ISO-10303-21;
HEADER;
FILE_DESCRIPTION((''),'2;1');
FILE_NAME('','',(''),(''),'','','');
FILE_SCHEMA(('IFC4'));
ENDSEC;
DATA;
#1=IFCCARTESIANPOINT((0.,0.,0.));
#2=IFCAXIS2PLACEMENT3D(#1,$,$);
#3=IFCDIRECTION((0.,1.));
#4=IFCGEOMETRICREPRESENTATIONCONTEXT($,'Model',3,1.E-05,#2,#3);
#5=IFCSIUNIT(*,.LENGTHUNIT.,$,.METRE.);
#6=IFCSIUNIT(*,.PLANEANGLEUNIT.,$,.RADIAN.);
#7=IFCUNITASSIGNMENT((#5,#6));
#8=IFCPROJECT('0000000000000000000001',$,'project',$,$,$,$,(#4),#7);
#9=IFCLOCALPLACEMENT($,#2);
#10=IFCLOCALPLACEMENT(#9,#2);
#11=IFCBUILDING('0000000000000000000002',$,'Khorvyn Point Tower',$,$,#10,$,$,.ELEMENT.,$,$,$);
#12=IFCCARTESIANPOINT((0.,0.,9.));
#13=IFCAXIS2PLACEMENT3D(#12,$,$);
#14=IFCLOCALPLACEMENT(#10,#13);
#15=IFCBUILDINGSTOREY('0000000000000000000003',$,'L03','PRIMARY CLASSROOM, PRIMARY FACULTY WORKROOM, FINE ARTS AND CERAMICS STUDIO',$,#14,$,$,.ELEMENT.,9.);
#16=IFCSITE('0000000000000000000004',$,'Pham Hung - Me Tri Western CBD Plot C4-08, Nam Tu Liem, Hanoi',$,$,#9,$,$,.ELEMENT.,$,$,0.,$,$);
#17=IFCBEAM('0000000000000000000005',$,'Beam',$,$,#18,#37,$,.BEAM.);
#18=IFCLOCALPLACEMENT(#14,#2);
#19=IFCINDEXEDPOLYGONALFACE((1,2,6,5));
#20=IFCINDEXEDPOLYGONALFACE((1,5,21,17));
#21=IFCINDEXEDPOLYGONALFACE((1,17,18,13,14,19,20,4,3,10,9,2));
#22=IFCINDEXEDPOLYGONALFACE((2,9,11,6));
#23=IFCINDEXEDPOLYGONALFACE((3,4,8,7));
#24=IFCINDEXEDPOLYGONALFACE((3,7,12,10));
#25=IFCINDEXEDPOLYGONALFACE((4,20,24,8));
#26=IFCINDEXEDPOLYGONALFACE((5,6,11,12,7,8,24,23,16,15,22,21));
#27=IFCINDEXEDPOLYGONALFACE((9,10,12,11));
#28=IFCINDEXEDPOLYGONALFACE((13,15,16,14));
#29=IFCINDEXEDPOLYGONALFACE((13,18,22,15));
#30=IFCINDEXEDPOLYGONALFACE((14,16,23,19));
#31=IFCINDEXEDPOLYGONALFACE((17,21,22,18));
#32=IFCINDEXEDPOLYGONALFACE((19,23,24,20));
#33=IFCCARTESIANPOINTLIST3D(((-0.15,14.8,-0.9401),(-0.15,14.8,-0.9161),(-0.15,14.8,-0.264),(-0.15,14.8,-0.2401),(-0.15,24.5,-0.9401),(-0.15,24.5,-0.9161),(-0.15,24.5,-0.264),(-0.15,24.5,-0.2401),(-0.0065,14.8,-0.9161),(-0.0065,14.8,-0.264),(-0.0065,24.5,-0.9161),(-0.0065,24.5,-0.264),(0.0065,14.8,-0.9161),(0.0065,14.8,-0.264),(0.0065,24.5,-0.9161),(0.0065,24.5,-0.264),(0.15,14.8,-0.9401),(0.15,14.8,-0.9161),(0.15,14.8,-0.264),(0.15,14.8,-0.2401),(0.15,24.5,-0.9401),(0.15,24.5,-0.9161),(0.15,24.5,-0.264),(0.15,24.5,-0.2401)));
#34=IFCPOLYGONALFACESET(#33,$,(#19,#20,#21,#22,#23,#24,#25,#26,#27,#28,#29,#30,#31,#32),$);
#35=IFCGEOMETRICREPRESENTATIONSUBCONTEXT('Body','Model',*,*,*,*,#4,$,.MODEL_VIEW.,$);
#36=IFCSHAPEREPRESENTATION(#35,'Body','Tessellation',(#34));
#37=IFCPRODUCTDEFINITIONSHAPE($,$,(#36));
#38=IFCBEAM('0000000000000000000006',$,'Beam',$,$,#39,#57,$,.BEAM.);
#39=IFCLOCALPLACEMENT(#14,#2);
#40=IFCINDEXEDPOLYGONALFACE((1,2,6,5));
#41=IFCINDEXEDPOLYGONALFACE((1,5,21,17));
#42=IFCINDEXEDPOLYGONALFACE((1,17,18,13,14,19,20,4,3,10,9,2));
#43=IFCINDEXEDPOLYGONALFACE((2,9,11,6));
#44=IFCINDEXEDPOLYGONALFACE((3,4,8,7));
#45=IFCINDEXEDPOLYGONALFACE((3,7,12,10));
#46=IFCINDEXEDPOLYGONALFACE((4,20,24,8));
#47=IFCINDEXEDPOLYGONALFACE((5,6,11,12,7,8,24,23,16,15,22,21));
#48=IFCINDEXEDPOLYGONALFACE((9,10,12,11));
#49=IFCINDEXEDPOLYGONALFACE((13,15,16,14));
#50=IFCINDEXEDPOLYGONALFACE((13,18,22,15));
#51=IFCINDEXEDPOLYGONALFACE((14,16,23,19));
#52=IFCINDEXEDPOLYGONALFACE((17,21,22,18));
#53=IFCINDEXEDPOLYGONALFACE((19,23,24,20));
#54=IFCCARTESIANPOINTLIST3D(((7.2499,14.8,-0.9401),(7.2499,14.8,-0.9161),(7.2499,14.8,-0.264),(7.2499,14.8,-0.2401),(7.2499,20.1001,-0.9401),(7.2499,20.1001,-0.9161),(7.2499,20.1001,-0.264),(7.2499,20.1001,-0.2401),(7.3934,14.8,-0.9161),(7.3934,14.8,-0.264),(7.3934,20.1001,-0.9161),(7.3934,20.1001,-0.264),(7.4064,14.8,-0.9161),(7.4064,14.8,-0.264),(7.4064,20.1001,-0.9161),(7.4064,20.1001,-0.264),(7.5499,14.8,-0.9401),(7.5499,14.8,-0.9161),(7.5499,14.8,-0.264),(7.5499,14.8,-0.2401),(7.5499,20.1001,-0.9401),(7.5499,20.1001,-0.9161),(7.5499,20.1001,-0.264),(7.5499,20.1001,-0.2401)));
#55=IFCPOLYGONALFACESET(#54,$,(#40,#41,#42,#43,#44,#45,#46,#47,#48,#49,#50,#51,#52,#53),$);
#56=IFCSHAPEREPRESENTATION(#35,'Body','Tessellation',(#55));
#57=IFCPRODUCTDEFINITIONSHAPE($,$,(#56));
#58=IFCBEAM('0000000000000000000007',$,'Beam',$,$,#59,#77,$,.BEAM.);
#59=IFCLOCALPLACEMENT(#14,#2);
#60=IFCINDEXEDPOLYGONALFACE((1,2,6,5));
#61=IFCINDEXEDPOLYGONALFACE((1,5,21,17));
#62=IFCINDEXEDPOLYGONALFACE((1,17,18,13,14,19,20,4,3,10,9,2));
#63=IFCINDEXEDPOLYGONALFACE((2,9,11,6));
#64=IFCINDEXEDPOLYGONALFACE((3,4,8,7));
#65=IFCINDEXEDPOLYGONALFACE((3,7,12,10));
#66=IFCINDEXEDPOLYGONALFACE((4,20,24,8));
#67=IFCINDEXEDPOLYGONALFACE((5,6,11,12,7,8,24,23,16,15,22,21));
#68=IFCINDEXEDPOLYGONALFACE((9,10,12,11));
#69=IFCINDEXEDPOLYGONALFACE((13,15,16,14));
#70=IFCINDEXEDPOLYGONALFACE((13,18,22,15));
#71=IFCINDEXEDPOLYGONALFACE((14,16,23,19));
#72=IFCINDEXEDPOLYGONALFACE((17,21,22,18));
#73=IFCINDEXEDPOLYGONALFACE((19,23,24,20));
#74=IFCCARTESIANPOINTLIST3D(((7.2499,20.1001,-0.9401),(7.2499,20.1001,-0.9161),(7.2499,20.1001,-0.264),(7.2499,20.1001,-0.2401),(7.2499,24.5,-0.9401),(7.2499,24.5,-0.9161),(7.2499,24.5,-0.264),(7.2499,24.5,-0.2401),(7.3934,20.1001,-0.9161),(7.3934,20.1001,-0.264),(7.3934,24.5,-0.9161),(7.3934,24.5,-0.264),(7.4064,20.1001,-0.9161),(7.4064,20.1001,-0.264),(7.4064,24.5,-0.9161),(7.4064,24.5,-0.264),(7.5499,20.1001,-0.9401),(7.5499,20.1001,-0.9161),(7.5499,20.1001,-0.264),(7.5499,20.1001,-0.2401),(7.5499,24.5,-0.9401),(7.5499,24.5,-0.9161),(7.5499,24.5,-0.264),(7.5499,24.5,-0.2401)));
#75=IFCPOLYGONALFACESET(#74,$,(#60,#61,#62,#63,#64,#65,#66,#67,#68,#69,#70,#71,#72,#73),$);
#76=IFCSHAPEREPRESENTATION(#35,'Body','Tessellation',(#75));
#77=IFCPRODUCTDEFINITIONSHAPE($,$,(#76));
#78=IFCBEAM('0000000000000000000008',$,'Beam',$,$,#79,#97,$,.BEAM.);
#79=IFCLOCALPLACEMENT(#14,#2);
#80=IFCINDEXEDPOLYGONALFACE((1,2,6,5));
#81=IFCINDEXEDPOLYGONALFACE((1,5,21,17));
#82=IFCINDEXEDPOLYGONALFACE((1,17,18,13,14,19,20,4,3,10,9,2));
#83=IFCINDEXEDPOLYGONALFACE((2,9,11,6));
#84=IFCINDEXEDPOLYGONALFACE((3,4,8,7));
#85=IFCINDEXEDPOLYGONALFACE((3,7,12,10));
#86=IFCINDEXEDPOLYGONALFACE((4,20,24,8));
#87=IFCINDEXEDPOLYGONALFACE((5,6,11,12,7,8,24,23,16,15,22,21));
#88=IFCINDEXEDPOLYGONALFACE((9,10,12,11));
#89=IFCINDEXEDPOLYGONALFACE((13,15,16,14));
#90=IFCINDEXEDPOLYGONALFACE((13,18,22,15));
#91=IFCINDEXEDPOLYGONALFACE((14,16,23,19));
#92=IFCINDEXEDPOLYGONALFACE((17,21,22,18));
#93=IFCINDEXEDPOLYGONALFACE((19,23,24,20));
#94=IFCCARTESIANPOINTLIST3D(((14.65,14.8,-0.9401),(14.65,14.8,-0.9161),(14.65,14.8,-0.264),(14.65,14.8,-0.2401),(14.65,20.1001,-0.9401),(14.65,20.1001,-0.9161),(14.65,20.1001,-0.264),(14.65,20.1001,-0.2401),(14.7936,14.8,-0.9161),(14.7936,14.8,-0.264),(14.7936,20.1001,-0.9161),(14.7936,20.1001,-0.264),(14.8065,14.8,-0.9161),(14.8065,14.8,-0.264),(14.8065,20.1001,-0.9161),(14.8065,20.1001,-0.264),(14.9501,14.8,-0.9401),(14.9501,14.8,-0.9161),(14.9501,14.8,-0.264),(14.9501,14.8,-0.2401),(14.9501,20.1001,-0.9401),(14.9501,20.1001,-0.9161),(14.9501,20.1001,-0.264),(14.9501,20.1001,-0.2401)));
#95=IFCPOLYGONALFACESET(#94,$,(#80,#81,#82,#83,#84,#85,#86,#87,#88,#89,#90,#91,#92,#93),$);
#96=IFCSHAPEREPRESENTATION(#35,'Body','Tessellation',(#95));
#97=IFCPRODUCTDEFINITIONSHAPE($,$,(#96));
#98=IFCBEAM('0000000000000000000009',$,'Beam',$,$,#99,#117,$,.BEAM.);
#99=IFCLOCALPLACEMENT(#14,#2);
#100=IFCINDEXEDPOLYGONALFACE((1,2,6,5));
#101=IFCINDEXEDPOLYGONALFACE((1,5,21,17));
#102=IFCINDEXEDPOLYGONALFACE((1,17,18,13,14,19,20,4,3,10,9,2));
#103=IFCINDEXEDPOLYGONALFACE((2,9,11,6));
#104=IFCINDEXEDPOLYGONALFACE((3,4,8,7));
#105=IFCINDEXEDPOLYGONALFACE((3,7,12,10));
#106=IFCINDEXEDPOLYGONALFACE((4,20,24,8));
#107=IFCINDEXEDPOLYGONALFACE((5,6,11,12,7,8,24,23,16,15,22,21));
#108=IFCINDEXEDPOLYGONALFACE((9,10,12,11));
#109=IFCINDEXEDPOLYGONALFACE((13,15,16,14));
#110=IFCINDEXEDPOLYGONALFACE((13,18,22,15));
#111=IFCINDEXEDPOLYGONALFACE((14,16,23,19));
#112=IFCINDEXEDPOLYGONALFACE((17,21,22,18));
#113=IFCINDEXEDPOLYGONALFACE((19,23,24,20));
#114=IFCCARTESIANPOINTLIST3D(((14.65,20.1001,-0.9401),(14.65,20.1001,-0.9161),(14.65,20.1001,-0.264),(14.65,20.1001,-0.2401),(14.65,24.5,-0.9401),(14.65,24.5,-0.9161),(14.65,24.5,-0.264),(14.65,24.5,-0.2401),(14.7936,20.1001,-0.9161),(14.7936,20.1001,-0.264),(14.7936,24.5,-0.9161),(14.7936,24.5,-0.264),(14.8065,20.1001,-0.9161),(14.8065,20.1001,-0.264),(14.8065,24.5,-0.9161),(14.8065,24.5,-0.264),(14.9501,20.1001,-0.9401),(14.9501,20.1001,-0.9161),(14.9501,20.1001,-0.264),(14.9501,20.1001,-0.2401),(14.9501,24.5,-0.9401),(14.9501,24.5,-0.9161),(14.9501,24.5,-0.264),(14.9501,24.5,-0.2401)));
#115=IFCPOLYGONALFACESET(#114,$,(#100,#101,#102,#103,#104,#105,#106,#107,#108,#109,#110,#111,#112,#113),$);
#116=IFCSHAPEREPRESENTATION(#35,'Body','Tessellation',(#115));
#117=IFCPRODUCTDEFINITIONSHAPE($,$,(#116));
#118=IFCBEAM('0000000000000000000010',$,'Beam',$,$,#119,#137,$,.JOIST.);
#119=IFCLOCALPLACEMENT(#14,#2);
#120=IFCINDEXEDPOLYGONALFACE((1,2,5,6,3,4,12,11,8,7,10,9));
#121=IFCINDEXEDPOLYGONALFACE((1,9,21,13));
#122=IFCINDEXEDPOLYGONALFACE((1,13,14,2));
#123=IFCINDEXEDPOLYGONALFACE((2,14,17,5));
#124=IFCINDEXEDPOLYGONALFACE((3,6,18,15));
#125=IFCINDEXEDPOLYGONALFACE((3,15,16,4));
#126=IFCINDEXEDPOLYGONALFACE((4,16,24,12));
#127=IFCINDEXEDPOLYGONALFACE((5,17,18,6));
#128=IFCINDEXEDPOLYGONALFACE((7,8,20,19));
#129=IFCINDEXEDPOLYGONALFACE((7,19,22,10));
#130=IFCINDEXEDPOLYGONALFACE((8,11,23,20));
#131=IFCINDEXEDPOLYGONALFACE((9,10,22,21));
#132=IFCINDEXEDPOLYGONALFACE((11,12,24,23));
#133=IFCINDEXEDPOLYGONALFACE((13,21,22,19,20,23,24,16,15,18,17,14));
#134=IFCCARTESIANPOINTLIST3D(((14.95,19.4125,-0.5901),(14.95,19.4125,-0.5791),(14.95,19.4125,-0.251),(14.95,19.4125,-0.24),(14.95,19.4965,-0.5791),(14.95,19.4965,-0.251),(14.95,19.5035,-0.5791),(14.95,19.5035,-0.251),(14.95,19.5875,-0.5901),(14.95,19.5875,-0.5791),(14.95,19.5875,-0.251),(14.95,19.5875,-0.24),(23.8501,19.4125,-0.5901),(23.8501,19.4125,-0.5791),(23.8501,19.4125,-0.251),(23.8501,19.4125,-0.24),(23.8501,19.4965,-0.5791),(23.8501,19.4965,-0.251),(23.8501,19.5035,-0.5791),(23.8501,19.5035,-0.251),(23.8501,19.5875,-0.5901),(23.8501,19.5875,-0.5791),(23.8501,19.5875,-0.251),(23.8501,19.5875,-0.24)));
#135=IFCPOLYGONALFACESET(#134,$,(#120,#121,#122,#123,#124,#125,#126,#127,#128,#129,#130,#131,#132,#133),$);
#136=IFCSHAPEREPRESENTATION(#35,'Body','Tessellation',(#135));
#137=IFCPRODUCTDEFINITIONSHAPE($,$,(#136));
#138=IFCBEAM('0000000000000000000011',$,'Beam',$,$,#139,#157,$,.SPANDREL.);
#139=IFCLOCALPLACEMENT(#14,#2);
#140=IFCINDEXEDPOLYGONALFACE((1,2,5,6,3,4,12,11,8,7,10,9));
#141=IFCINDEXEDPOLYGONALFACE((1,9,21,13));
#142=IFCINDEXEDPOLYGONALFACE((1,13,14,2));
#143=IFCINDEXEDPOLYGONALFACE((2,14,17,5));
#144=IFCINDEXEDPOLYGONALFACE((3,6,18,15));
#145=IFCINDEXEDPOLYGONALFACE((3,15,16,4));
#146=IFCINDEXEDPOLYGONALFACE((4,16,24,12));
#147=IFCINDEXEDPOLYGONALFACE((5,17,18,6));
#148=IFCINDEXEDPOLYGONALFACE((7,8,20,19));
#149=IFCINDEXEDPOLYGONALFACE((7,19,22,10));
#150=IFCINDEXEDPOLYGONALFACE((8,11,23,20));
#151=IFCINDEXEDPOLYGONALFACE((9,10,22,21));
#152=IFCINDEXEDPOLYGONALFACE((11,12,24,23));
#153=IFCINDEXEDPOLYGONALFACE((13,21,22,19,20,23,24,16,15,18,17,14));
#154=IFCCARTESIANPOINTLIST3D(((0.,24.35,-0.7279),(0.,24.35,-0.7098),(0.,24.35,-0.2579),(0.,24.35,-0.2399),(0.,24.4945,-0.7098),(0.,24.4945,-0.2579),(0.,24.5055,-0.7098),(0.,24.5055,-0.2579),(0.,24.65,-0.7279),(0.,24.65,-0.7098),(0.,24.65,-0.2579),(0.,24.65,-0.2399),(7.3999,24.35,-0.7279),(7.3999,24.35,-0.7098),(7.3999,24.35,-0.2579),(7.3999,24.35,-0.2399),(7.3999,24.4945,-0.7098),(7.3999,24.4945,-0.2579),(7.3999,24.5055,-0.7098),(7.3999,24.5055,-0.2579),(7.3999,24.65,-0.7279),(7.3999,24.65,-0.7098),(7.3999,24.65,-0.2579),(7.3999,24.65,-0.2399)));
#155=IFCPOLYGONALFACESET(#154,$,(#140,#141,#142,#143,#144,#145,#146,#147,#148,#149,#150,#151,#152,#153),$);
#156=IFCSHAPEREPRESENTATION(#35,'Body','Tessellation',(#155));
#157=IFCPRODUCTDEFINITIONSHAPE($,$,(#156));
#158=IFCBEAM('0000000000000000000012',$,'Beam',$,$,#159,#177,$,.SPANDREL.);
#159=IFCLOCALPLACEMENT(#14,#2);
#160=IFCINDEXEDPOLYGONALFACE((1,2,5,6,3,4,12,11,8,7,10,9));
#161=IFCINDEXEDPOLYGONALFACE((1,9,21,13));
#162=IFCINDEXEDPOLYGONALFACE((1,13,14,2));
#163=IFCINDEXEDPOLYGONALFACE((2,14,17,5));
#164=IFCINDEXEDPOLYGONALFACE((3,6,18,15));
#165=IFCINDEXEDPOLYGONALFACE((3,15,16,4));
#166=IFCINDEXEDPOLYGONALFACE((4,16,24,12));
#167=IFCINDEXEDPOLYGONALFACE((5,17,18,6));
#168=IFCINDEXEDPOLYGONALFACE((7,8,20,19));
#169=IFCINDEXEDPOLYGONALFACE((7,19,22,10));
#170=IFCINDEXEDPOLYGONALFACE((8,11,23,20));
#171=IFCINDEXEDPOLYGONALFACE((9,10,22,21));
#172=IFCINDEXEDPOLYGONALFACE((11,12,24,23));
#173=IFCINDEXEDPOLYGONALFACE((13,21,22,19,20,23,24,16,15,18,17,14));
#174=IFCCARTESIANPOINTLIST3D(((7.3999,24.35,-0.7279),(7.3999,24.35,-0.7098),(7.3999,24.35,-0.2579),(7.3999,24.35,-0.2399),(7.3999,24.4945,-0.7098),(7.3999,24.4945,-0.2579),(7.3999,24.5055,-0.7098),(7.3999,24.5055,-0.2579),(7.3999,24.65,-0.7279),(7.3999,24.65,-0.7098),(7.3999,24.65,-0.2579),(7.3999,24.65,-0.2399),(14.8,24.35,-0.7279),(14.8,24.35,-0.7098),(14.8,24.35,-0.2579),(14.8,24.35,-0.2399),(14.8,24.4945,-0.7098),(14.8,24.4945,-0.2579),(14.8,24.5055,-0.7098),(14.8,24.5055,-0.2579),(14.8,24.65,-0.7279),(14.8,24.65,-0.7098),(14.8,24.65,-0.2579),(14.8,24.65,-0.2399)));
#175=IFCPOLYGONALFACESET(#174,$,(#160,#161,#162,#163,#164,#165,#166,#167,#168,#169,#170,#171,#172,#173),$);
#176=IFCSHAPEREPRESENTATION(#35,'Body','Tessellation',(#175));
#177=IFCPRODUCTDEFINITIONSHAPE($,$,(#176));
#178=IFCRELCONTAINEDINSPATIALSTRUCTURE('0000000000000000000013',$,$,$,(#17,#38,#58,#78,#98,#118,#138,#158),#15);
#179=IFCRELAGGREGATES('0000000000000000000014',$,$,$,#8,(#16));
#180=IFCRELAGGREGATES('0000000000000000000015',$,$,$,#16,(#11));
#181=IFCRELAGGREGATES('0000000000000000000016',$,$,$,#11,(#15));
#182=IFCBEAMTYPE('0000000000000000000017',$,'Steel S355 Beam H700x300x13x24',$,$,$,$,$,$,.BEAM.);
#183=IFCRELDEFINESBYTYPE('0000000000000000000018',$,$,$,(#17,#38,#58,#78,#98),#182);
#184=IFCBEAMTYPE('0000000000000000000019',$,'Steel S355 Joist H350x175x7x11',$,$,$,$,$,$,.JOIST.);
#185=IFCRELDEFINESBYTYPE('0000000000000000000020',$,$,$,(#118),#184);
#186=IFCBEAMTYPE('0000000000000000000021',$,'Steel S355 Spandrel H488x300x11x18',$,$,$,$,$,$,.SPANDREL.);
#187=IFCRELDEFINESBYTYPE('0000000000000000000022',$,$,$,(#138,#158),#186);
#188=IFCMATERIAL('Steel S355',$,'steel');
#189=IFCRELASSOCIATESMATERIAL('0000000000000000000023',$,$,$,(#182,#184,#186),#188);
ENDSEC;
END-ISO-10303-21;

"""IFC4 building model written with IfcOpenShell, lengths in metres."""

from ifc_helpers import new_model, si_unit, direction, frame, origin, origin_2d, place, context, subcontext, project, spatial, i_section, extrude, material, material_profile, profile_set, type_object, element, save


model = new_model("IFC4")

# Units and contexts
model_context = context("Model", 3, precision=1e-05, world=origin(), true_north=direction((0.0, 1.0)))
body_context = subcontext(model_context, "Body", "Model", "MODEL_VIEW")
ifc_project = project(units=[si_unit("LENGTHUNIT", "METRE"), si_unit("PLANEANGLEUNIT", "RADIAN")], contexts=[model_context])

# Site, building, storey
site_placement = place(None, origin())
site = spatial("IfcSite", under=ifc_project, at=site_placement, Name="Pham Hung - Me Tri Western CBD Plot C4-08, Nam Tu Liem, Hanoi", CompositionType="ELEMENT", RefElevation=0.0)
building_placement = place(site_placement, origin())
building = spatial("IfcBuilding", under=site, at=building_placement, Name="Khorvyn Point Tower", CompositionType="ELEMENT")
storey_placement = place(building_placement, frame((0.0, 0.0, 9.0)))
storey = spatial("IfcBuildingStorey", under=building, at=storey_placement, Name="L03", Description="PRIMARY CLASSROOM, PRIMARY FACULTY WORKROOM, FINE ARTS AND CERAMICS STUDIO", CompositionType="ELEMENT", Elevation=9.0)

# Beams
ifc_material_1 = material(Name="Steel S355", Category="steel")
ifc_material_profile_1 = material_profile(ifc_material_1, i_section(OverallWidth=0.3, OverallDepth=0.7, WebThickness=0.0129, FlangeThickness=0.0239, at=origin_2d()))
ifc_profile_set_1 = profile_set([ifc_material_profile_1], Name="Steel S355 H700x300x13x24")
beam_type_1 = type_object("IfcBeamType", Name="Steel S355 Beam H700x300x13x24", PredefinedType="BEAM", material=ifc_profile_set_1)
beam_1_placement = place(storey_placement, frame((0.0, 14.8, -0.5901), z_axis=(0.0, 1.0, 0.0), x_axis=(-1.0, 0.0, 0.0)))
element("IfcBeam", 1, at=beam_1_placement, inside=storey, type_object=beam_type_1, Name="Beam", PredefinedType="BEAM", context=body_context, shape_type="SweptSolid", body=[
    extrude(i_section(OverallWidth=0.3, OverallDepth=0.7, WebThickness=0.0129, FlangeThickness=0.0239, at=origin_2d()), origin(), (0.0, 0.0, 1.0), 9.7),
])
beam_2_placement = place(storey_placement, frame((7.3999, 14.8, -0.5901), z_axis=(0.0, 1.0, 0.0), x_axis=(-1.0, 0.0, 0.0)))
element("IfcBeam", 2, at=beam_2_placement, inside=storey, type_object=beam_type_1, Name="Beam", PredefinedType="BEAM", context=body_context, shape_type="SweptSolid", body=[
    extrude(i_section(OverallWidth=0.3, OverallDepth=0.7, WebThickness=0.0129, FlangeThickness=0.0239, at=origin_2d()), origin(), (0.0, 0.0, 1.0), 5.3),
])
beam_3_placement = place(storey_placement, frame((7.3999, 20.1001, -0.5901), z_axis=(0.0, 1.0, 0.0), x_axis=(-1.0, 0.0, 0.0)))
element("IfcBeam", 3, at=beam_3_placement, inside=storey, type_object=beam_type_1, Name="Beam", PredefinedType="BEAM", context=body_context, shape_type="SweptSolid", body=[
    extrude(i_section(OverallWidth=0.3, OverallDepth=0.7, WebThickness=0.0129, FlangeThickness=0.0239, at=origin_2d()), origin(), (0.0, 0.0, 1.0), 4.3999),
])
beam_4_placement = place(storey_placement, frame((14.8, 14.8, -0.5901), z_axis=(0.0, 1.0, 0.0), x_axis=(-1.0, 0.0, 0.0)))
element("IfcBeam", 4, at=beam_4_placement, inside=storey, type_object=beam_type_1, Name="Beam", PredefinedType="BEAM", context=body_context, shape_type="SweptSolid", body=[
    extrude(i_section(OverallWidth=0.3, OverallDepth=0.7, WebThickness=0.0129, FlangeThickness=0.0239, at=origin_2d()), origin(), (0.0, 0.0, 1.0), 5.3),
])
beam_5_placement = place(storey_placement, frame((14.8, 20.1001, -0.5901), z_axis=(0.0, 1.0, 0.0), x_axis=(-1.0, 0.0, 0.0)))
element("IfcBeam", 5, at=beam_5_placement, inside=storey, type_object=beam_type_1, Name="Beam", PredefinedType="BEAM", context=body_context, shape_type="SweptSolid", body=[
    extrude(i_section(OverallWidth=0.3, OverallDepth=0.7, WebThickness=0.0129, FlangeThickness=0.0239, at=origin_2d()), origin(), (0.0, 0.0, 1.0), 4.3999),
])
ifc_material_profile_2 = material_profile(ifc_material_1, i_section(OverallWidth=0.175, OverallDepth=0.3501, WebThickness=0.0071, FlangeThickness=0.011, at=origin_2d()))
ifc_profile_set_2 = profile_set([ifc_material_profile_2], Name="Steel S355 H350x175x7x11")
beam_type_2 = type_object("IfcBeamType", Name="Steel S355 Joist H350x175x7x11", PredefinedType="JOIST", material=ifc_profile_set_2)
beam_6_placement = place(storey_placement, frame((14.95, 19.5, -0.415), z_axis=(1.0, 0.0, 0.0), x_axis=(0.0, 1.0, 0.0)))
element("IfcBeam", 6, at=beam_6_placement, inside=storey, type_object=beam_type_2, Name="Beam", PredefinedType="JOIST", context=body_context, shape_type="SweptSolid", body=[
    extrude(i_section(OverallWidth=0.175, OverallDepth=0.3501, WebThickness=0.0071, FlangeThickness=0.011, at=origin_2d()), origin(), (0.0, 0.0, 1.0), 8.9001),
])
ifc_material_profile_3 = material_profile(ifc_material_1, i_section(OverallWidth=0.3, OverallDepth=0.488, WebThickness=0.011, FlangeThickness=0.0181, at=origin_2d()))
ifc_profile_set_3 = profile_set([ifc_material_profile_3], Name="Steel S355 H488x300x11x18")
beam_type_3 = type_object("IfcBeamType", Name="Steel S355 Spandrel H488x300x11x18", PredefinedType="SPANDREL", material=ifc_profile_set_3)
beam_7_placement = place(storey_placement, frame((0.0, 24.5, -0.4839), z_axis=(1.0, 0.0, 0.0), x_axis=(0.0, 1.0, 0.0)))
element("IfcBeam", 7, at=beam_7_placement, inside=storey, type_object=beam_type_3, Name="Beam", PredefinedType="SPANDREL", context=body_context, shape_type="SweptSolid", body=[
    extrude(i_section(OverallWidth=0.3, OverallDepth=0.488, WebThickness=0.011, FlangeThickness=0.0181, at=origin_2d()), origin(), (0.0, 0.0, 1.0), 7.3999),
])
beam_8_placement = place(storey_placement, frame((7.3999, 24.5, -0.4839), z_axis=(1.0, 0.0, 0.0), x_axis=(0.0, 1.0, 0.0)))
element("IfcBeam", 8, at=beam_8_placement, inside=storey, type_object=beam_type_3, Name="Beam", PredefinedType="SPANDREL", context=body_context, shape_type="SweptSolid", body=[
    extrude(i_section(OverallWidth=0.3, OverallDepth=0.488, WebThickness=0.011, FlangeThickness=0.0181, at=origin_2d()), origin(), (0.0, 0.0, 1.0), 7.4001),
])

save(model, "model.ifc")
